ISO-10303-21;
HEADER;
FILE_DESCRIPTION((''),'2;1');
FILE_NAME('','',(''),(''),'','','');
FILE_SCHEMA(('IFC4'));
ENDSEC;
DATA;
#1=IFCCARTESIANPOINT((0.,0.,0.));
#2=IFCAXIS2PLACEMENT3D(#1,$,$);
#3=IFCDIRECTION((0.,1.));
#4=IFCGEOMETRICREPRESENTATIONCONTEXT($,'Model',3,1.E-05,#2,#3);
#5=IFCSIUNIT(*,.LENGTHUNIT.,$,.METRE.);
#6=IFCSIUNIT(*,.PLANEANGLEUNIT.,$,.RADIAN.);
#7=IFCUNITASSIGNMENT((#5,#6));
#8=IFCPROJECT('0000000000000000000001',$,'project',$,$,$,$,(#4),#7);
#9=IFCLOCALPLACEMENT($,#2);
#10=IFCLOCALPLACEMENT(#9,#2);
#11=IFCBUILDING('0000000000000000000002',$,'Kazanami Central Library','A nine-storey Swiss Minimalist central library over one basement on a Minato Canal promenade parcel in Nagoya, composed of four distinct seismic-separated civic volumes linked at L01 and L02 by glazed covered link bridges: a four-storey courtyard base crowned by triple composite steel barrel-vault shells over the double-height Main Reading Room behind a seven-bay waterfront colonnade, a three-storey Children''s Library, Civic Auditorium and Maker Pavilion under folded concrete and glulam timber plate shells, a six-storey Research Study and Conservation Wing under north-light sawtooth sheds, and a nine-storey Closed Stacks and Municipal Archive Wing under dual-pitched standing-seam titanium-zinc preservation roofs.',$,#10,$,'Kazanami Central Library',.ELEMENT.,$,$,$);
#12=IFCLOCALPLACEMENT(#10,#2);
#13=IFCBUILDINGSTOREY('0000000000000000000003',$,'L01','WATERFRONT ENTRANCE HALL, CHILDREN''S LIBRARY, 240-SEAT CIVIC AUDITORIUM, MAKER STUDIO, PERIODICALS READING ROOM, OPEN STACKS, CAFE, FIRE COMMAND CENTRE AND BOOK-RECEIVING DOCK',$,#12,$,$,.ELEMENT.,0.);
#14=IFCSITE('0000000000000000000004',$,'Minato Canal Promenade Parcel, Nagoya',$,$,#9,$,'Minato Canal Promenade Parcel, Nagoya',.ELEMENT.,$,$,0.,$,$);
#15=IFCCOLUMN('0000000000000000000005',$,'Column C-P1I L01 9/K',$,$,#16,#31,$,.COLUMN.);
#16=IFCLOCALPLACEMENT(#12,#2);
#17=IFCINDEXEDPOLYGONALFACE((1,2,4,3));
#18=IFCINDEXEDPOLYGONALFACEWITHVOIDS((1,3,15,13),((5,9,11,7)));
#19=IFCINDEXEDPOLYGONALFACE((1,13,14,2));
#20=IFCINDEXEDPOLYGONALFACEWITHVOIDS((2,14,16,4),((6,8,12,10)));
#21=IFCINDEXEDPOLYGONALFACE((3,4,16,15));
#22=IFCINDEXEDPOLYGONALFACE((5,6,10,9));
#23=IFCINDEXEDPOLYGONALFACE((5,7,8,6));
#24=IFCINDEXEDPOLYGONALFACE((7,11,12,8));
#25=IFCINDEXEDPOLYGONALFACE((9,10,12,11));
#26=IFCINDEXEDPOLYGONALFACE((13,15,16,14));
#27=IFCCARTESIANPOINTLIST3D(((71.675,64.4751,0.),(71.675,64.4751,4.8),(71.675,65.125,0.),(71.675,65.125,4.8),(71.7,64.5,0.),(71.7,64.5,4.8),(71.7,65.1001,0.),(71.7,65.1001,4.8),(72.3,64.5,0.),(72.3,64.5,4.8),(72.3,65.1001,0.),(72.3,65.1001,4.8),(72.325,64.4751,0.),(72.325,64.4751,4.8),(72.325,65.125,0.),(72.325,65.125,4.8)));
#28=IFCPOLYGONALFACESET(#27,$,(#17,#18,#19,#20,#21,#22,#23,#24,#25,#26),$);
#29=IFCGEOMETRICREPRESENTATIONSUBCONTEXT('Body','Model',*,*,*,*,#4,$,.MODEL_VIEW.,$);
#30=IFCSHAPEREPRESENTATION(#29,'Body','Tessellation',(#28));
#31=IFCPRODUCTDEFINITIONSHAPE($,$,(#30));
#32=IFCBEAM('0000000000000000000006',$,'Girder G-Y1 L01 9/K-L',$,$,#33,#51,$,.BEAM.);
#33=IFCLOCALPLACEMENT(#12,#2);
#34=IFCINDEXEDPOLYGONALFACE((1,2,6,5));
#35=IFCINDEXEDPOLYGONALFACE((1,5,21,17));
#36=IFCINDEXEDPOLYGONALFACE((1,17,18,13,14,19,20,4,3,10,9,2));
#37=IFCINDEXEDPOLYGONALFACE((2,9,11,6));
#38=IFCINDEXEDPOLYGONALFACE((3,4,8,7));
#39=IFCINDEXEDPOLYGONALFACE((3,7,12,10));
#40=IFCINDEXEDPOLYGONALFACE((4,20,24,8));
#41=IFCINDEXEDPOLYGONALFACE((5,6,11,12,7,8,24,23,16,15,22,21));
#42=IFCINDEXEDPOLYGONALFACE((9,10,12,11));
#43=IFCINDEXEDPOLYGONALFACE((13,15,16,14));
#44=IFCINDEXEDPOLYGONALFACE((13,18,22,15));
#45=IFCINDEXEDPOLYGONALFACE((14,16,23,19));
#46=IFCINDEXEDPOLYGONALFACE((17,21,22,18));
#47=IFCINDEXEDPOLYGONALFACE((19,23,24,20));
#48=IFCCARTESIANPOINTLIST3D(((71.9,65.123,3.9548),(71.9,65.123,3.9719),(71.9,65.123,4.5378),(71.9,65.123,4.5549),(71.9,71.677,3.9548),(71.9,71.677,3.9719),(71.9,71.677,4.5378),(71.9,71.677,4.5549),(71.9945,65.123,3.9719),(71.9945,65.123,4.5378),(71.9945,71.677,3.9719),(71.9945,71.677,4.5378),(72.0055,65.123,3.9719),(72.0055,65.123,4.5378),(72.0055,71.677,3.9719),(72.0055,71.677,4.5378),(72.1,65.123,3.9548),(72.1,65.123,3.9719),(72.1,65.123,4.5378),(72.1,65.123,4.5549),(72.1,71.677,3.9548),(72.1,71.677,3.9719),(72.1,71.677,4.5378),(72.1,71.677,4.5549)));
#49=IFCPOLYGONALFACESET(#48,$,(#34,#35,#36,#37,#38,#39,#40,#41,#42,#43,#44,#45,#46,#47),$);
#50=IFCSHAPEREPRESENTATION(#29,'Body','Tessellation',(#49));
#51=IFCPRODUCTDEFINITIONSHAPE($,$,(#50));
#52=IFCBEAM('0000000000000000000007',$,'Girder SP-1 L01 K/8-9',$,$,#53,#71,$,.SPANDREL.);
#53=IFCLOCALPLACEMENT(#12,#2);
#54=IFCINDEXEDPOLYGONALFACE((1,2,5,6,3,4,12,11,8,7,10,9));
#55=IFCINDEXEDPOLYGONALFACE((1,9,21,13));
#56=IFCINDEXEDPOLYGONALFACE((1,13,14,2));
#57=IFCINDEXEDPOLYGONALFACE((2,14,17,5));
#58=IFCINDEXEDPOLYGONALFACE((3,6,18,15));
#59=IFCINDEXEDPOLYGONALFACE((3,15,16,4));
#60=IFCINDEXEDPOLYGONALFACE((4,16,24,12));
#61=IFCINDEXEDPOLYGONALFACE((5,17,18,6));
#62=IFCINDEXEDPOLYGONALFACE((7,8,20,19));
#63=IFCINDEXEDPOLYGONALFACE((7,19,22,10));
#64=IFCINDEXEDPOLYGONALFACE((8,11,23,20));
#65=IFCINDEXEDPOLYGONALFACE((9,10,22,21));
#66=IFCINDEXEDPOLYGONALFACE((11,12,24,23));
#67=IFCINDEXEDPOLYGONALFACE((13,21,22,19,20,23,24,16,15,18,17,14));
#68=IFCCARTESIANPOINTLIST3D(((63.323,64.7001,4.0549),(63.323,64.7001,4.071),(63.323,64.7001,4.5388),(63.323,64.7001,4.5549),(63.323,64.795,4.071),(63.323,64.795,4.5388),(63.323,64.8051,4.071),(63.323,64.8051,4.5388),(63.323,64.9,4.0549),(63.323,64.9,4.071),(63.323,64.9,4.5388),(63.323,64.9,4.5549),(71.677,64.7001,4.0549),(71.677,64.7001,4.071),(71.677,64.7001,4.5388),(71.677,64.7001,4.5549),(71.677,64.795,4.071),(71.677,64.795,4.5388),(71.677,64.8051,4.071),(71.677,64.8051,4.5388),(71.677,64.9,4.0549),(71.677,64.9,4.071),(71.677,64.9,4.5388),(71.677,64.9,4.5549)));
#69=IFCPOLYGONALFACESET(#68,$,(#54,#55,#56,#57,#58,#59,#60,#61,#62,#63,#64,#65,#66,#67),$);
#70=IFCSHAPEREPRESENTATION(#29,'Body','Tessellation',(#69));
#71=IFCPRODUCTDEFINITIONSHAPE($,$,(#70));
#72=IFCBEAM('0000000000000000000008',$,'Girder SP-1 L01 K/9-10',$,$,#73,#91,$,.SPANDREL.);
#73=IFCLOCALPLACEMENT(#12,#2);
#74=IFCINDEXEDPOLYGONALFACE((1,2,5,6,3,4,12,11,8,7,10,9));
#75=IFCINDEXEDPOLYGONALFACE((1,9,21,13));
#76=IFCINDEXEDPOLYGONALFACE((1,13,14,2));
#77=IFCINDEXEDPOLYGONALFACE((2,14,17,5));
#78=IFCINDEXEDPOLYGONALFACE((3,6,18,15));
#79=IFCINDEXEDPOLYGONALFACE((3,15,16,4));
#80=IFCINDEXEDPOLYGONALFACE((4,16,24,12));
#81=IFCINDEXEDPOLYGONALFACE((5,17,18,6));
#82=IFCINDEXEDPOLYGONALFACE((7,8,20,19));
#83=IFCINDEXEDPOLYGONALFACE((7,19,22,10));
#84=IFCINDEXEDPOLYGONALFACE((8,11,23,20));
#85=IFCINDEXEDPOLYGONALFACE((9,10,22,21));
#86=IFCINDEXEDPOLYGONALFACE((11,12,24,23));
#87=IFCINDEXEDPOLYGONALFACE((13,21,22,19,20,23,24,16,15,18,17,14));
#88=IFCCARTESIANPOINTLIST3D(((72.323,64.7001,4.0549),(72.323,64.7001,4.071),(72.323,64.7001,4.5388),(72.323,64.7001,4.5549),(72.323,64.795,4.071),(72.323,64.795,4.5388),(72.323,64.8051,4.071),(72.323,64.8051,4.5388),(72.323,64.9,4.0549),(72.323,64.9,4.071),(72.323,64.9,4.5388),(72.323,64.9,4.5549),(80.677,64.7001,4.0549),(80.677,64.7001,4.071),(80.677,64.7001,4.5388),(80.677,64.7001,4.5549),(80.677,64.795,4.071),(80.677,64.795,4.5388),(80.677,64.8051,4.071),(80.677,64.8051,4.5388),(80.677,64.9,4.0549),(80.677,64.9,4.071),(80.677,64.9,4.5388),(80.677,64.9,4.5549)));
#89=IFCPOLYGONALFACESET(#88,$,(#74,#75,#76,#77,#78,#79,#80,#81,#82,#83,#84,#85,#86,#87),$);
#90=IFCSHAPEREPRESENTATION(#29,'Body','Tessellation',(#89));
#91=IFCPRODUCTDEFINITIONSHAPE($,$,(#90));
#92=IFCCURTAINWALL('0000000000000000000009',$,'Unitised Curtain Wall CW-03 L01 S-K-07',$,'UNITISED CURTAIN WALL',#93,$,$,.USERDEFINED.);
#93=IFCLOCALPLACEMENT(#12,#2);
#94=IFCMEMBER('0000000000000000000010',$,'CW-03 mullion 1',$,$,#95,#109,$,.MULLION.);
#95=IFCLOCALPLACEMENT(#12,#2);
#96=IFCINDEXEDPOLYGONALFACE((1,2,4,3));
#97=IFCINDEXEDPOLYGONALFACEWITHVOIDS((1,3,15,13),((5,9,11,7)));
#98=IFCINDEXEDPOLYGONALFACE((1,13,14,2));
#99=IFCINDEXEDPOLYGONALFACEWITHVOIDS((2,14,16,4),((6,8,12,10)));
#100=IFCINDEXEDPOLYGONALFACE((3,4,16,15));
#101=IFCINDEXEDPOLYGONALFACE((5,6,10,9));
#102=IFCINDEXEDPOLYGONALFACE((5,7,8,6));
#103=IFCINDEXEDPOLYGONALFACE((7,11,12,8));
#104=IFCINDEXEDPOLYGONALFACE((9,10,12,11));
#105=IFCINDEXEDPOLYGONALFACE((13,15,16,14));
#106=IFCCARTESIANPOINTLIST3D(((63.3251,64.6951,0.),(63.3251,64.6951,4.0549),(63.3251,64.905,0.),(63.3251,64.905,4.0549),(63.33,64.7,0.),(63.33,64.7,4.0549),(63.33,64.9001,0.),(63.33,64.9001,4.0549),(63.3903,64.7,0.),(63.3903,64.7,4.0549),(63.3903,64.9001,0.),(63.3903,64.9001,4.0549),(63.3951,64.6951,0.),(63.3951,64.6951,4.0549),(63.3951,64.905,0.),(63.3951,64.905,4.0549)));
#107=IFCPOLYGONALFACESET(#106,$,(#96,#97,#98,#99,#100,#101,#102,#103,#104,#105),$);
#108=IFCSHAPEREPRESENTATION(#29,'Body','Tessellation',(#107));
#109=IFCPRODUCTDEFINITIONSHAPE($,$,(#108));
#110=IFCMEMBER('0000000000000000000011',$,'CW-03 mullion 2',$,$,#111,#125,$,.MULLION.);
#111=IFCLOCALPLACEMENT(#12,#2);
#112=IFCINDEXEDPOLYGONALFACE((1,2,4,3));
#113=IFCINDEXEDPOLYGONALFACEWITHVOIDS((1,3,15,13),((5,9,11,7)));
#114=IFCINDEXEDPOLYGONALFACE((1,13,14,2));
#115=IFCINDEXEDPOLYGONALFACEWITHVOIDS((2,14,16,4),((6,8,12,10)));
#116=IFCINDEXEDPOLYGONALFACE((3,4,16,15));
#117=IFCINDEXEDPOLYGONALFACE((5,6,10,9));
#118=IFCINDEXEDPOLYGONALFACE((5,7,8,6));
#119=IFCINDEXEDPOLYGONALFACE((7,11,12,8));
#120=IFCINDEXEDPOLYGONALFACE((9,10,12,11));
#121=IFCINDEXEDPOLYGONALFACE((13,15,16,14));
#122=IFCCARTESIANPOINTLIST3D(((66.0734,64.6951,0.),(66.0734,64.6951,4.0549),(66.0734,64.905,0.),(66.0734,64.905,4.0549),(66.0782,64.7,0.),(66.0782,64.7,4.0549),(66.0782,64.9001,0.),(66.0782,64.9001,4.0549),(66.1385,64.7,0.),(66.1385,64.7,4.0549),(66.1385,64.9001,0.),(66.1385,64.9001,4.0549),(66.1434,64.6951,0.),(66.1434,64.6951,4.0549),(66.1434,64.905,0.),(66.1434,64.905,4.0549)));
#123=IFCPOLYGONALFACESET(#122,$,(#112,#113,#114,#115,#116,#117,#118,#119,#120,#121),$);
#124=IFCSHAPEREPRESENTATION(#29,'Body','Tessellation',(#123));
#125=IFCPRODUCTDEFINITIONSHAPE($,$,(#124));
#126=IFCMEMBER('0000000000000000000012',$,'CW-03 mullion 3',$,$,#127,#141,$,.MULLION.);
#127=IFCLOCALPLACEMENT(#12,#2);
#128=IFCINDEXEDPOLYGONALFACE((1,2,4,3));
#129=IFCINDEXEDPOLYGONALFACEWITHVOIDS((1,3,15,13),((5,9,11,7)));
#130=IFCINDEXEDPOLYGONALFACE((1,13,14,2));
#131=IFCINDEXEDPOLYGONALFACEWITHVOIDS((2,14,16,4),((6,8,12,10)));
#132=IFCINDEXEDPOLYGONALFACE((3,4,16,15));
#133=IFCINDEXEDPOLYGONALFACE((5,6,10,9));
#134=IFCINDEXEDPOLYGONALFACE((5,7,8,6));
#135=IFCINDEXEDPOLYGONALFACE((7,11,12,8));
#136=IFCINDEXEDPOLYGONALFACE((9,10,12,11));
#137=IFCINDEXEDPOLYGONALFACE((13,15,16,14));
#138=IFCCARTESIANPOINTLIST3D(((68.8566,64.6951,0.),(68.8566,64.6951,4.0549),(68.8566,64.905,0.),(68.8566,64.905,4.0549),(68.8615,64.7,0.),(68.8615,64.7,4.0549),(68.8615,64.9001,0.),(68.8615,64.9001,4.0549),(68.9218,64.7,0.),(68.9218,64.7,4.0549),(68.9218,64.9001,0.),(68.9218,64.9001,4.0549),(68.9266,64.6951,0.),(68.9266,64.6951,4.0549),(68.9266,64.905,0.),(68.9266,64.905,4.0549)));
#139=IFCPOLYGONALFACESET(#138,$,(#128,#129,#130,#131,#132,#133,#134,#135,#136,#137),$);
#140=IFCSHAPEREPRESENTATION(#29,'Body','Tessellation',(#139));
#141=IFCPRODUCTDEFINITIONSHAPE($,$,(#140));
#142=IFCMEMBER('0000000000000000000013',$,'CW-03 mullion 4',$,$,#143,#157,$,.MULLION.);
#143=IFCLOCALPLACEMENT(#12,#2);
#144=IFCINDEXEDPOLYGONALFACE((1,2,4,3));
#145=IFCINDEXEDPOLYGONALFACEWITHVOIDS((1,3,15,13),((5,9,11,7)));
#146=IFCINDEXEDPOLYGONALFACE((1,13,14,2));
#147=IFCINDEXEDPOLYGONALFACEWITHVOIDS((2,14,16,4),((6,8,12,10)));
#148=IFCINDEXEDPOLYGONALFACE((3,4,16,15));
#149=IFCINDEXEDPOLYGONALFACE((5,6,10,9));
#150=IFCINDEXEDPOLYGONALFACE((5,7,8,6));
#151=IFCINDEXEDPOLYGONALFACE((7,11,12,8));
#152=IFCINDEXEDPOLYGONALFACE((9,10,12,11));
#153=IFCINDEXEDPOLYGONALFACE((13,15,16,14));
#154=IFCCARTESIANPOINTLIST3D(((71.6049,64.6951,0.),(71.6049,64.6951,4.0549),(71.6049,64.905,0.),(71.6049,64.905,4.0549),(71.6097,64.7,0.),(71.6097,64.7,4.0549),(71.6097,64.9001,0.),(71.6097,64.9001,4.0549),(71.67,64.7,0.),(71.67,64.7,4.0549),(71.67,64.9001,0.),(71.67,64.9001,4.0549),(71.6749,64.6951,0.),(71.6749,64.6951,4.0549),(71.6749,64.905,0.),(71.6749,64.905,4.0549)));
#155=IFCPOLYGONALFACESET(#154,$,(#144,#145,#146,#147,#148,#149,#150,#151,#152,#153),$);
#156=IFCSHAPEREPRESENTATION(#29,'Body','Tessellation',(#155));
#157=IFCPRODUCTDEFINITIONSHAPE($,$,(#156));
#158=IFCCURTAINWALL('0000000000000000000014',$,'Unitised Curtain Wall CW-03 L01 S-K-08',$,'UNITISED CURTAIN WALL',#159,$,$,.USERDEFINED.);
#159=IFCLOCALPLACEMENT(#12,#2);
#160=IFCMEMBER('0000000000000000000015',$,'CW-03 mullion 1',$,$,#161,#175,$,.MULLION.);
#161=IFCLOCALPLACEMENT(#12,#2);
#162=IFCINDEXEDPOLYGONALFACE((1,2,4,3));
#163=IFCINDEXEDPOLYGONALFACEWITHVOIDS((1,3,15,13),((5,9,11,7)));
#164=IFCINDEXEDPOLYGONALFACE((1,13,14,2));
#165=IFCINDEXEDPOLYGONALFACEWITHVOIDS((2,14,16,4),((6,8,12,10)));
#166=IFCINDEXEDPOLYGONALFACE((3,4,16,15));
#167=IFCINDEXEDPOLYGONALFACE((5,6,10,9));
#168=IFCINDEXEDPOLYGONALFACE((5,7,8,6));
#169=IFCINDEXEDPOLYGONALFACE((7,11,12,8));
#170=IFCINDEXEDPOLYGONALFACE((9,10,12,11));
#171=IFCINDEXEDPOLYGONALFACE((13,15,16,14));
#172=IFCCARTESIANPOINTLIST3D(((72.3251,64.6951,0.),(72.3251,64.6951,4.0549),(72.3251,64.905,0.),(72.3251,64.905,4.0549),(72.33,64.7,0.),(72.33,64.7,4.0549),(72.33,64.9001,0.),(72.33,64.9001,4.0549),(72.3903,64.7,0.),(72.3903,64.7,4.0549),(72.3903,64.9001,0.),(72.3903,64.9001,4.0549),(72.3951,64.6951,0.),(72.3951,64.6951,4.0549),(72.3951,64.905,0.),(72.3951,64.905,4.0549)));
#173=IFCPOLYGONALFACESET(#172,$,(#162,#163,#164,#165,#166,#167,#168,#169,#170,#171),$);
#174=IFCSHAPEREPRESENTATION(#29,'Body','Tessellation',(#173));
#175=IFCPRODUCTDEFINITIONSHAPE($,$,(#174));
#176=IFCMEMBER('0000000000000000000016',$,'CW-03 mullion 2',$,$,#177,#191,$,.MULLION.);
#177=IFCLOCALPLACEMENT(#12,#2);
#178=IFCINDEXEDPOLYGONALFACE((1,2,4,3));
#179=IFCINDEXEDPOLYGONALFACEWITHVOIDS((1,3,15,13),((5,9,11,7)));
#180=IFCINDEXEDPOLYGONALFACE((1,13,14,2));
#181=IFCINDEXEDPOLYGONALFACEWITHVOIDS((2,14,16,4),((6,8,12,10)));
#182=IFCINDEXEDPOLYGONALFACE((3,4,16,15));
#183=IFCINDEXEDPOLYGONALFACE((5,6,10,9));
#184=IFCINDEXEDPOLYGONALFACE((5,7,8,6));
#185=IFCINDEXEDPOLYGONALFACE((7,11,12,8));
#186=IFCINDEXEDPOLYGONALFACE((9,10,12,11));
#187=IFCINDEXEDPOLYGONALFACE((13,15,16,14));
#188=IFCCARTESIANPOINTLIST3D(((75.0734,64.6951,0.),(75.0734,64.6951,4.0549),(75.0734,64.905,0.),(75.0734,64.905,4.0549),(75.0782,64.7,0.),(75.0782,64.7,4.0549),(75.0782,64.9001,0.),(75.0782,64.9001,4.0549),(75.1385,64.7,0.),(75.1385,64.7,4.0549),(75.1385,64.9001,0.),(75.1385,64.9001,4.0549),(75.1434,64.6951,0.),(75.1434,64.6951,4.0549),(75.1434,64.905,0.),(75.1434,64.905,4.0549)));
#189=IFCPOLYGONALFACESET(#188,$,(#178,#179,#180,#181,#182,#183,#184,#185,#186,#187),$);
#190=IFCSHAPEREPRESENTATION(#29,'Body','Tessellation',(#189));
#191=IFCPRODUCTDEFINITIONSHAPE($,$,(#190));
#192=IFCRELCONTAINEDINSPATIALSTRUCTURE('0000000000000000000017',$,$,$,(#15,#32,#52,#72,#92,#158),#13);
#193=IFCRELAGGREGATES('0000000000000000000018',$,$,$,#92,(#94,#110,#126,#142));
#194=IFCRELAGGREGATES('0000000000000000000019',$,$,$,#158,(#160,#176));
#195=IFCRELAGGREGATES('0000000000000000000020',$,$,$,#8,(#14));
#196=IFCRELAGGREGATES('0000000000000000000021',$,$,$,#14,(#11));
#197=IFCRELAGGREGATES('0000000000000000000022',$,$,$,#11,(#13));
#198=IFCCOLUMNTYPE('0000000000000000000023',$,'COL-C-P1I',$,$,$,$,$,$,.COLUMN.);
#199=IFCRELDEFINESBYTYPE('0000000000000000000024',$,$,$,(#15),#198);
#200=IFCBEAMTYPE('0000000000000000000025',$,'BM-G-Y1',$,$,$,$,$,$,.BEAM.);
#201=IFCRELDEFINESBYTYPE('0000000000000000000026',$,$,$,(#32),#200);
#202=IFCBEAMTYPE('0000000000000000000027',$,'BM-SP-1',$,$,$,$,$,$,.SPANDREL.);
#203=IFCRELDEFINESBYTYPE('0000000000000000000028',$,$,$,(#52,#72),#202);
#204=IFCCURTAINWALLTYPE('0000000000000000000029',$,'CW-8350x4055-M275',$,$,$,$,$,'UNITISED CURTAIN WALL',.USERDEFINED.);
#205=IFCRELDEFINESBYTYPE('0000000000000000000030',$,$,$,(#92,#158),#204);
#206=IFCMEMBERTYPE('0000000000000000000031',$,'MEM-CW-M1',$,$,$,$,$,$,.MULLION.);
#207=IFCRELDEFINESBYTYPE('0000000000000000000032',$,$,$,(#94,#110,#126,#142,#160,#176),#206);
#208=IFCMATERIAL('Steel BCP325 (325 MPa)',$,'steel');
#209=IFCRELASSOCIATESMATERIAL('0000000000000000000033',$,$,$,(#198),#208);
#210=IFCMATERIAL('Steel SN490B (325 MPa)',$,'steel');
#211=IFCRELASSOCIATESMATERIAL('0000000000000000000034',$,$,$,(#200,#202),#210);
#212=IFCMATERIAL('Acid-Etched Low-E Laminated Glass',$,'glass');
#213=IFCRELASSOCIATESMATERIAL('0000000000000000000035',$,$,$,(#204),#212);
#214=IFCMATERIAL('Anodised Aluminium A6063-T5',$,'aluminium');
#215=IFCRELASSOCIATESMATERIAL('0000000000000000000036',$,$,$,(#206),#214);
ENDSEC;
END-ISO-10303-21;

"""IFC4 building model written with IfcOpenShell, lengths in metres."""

from ifc_helpers import new_model, si_unit, direction, frame, origin, origin_2d, place, context, subcontext, project, spatial, hollow_rectangle, i_section, extrude, material, material_profile, profile_set, type_object, element, aggregate, save


model = new_model("IFC4")

# Units and contexts
model_context = context("Model", 3, precision=1e-05, world=origin(), true_north=direction((0.0, 1.0)))
body_context = subcontext(model_context, "Body", "Model", "MODEL_VIEW")
ifc_project = project(units=[si_unit("LENGTHUNIT", "METRE"), si_unit("PLANEANGLEUNIT", "RADIAN")], contexts=[model_context])

# Site, building, storey
site_placement = place(None, origin())
site = spatial("IfcSite", under=ifc_project, at=site_placement, Name="Minato Canal Promenade Parcel, Nagoya", LongName="Minato Canal Promenade Parcel, Nagoya", CompositionType="ELEMENT", RefElevation=0.0)
building_placement = place(site_placement, origin())
building = spatial("IfcBuilding", under=site, at=building_placement, Name="Kazanami Central Library", Description="A nine-storey Swiss Minimalist central library over one basement on a Minato Canal promenade parcel in Nagoya, composed of four distinct seismic-separated civic volumes linked at L01 and L02 by glazed covered link bridges: a four-storey courtyard base crowned by triple composite steel barrel-vault shells over the double-height Main Reading Room behind a seven-bay waterfront colonnade, a three-storey Children's Library, Civic Auditorium and Maker Pavilion under folded concrete and glulam timber plate shells, a six-storey Research Study and Conservation Wing under north-light sawtooth sheds, and a nine-storey Closed Stacks and Municipal Archive Wing under dual-pitched standing-seam titanium-zinc preservation roofs.", LongName="Kazanami Central Library", CompositionType="ELEMENT")
storey_placement = place(building_placement, origin())
storey = spatial("IfcBuildingStorey", under=building, at=storey_placement, Name="L01", Description="WATERFRONT ENTRANCE HALL, CHILDREN'S LIBRARY, 240-SEAT CIVIC AUDITORIUM, MAKER STUDIO, PERIODICALS READING ROOM, OPEN STACKS, CAFE, FIRE COMMAND CENTRE AND BOOK-RECEIVING DOCK", CompositionType="ELEMENT", Elevation=0.0)

# Column
ifc_material_1 = material(Name="Steel BCP325 (325 MPa)", Category="steel")
ifc_material_profile_1 = material_profile(ifc_material_1, hollow_rectangle(XDim=0.6499, YDim=0.6499, WallThickness=0.0249, at=origin_2d()), Name="BCP-650x650x25")
ifc_profile_set_1 = profile_set([ifc_material_profile_1], Name="Steel BCP325 (325 MPa)")
column_type = type_object("IfcColumnType", Name="COL-C-P1I", PredefinedType="COLUMN", material=ifc_profile_set_1)
column_placement = place(storey_placement, frame((72.0, 64.8, 0.0), z_axis=(0.0, 0.0, 1.0), x_axis=(1.0, 0.0, 0.0)))
element("IfcColumn", 1, at=column_placement, inside=storey, type_object=column_type, Name="Column C-P1I L01 9/K", PredefinedType="COLUMN", context=body_context, shape_type="SweptSolid", body=[
    extrude(hollow_rectangle(XDim=0.6499, YDim=0.6499, WallThickness=0.0249, at=origin_2d()), origin(), (0.0, 0.0, 1.0), 4.8),
])

# Beams
ifc_material_2 = material(Name="Steel SN490B (325 MPa)", Category="steel")
ifc_material_profile_2 = material_profile(ifc_material_2, i_section(OverallWidth=0.2, OverallDepth=0.6001, WebThickness=0.011, FlangeThickness=0.0171, at=origin_2d()), Name="H-600x200x11x17")
ifc_profile_set_2 = profile_set([ifc_material_profile_2], Name="Steel SN490B (325 MPa)")
beam_type_1 = type_object("IfcBeamType", Name="BM-G-Y1", PredefinedType="BEAM", material=ifc_profile_set_2)
beam_placement = place(storey_placement, frame((72.0, 65.123, 4.2549), z_axis=(0.0, 1.0, 0.0), x_axis=(-1.0, 0.0, 0.0)))
element("IfcBeam", 2, at=beam_placement, inside=storey, type_object=beam_type_1, Name="Girder G-Y1 L01 9/K-L", PredefinedType="BEAM", context=body_context, shape_type="SweptSolid", body=[
    extrude(i_section(OverallWidth=0.2, OverallDepth=0.6001, WebThickness=0.011, FlangeThickness=0.0171, at=origin_2d()), origin(), (0.0, 0.0, 1.0), 6.554),
])
ifc_material_profile_3 = material_profile(ifc_material_2, i_section(OverallWidth=0.2, OverallDepth=0.5, WebThickness=0.01, FlangeThickness=0.0161, at=origin_2d()), Name="H-500x200x10x16")
ifc_profile_set_3 = profile_set([ifc_material_profile_3], Name="Steel SN490B (325 MPa)")
beam_type_2 = type_object("IfcBeamType", Name="BM-SP-1", PredefinedType="SPANDREL", material=ifc_profile_set_3)
for number, where, z_axis, x_axis, name in (
    (3, (63.323, 64.8, 4.3049), (1.0, 0.0, 0.0), (0.0, 1.0, 0.0), "Girder SP-1 L01 K/8-9"),
    (4, (72.323, 64.8, 4.3049), (1.0, 0.0, 0.0), (0.0, 1.0, 0.0), "Girder SP-1 L01 K/9-10"),
):
    element("IfcBeam", number, at=place(storey_placement, frame(where, z_axis=z_axis, x_axis=x_axis)), inside=storey, type_object=beam_type_2, Name=name, PredefinedType="SPANDREL", context=body_context, shape_type="SweptSolid", body=[
        extrude(i_section(OverallWidth=0.2, OverallDepth=0.5, WebThickness=0.01, FlangeThickness=0.0161, at=origin_2d()), origin(), (0.0, 0.0, 1.0), 8.354),
    ])

# Curtain walls, members
ifc_material_3 = material(Name="Acid-Etched Low-E Laminated Glass", Category="glass")
curtain_wall_type = type_object("IfcCurtainWallType", Name="CW-8350x4055-M275", ElementType="UNITISED CURTAIN WALL", PredefinedType="USERDEFINED", material=ifc_material_3)
curtain_wall_1_placement = place(storey_placement, origin())
curtain_wall_1 = element("IfcCurtainWall", 5, at=curtain_wall_1_placement, inside=storey, type_object=curtain_wall_type, Name="Unitised Curtain Wall CW-03 L01 S-K-07", ObjectType="UNITISED CURTAIN WALL", PredefinedType="USERDEFINED")
ifc_material_4 = material(Name="Anodised Aluminium A6063-T5", Category="aluminium")
ifc_material_profile_4 = material_profile(ifc_material_4, hollow_rectangle(XDim=0.0701, YDim=0.21, WallThickness=0.0049, at=origin_2d()), Name="ALU-MULL-70x210x5")
ifc_profile_set_4 = profile_set([ifc_material_profile_4], Name="Anodised Aluminium A6063-T5")
member_type_1 = type_object("IfcMemberType", Name="MEM-CW-M1", PredefinedType="MULLION", material=ifc_profile_set_4)
member_1_placement = place(storey_placement, frame((63.3601, 64.8, 0.0), z_axis=(0.0, 0.0, 1.0), x_axis=(1.0, 0.0, 0.0)))
member_1 = element("IfcMember", 6, at=member_1_placement, type_object=member_type_1, Name="CW-03 mullion 1", PredefinedType="MULLION", context=body_context, shape_type="SweptSolid", body=[
    extrude(hollow_rectangle(XDim=0.0701, YDim=0.21, WallThickness=0.0049, at=origin_2d()), origin(), (0.0, 0.0, 1.0), 4.0549),
])
member_2_placement = place(storey_placement, frame((66.1084, 64.8, 0.0), z_axis=(0.0, 0.0, 1.0), x_axis=(1.0, 0.0, 0.0)))
member_2 = element("IfcMember", 7, at=member_2_placement, type_object=member_type_1, Name="CW-03 mullion 2", PredefinedType="MULLION", context=body_context, shape_type="SweptSolid", body=[
    extrude(hollow_rectangle(XDim=0.0701, YDim=0.21, WallThickness=0.0049, at=origin_2d()), origin(), (0.0, 0.0, 1.0), 4.0549),
])
member_3_placement = place(storey_placement, frame((68.8916, 64.8, 0.0), z_axis=(0.0, 0.0, 1.0), x_axis=(1.0, 0.0, 0.0)))
member_3 = element("IfcMember", 8, at=member_3_placement, type_object=member_type_1, Name="CW-03 mullion 3", PredefinedType="MULLION", context=body_context, shape_type="SweptSolid", body=[
    extrude(hollow_rectangle(XDim=0.0701, YDim=0.21, WallThickness=0.0049, at=origin_2d()), origin(), (0.0, 0.0, 1.0), 4.0549),
])
member_4_placement = place(storey_placement, frame((71.6399, 64.8, 0.0), z_axis=(0.0, 0.0, 1.0), x_axis=(1.0, 0.0, 0.0)))
member_4 = element("IfcMember", 9, at=member_4_placement, type_object=member_type_1, Name="CW-03 mullion 4", PredefinedType="MULLION", context=body_context, shape_type="SweptSolid", body=[
    extrude(hollow_rectangle(XDim=0.0701, YDim=0.21, WallThickness=0.0049, at=origin_2d()), origin(), (0.0, 0.0, 1.0), 4.0549),
])
curtain_wall_2_placement = place(storey_placement, origin())
curtain_wall_2 = element("IfcCurtainWall", 10, at=curtain_wall_2_placement, inside=storey, type_object=curtain_wall_type, Name="Unitised Curtain Wall CW-03 L01 S-K-08", ObjectType="UNITISED CURTAIN WALL", PredefinedType="USERDEFINED")
member_5_placement = place(storey_placement, frame((72.3601, 64.8, 0.0), z_axis=(0.0, 0.0, 1.0), x_axis=(1.0, 0.0, 0.0)))
member_5 = element("IfcMember", 11, at=member_5_placement, type_object=member_type_1, Name="CW-03 mullion 1", PredefinedType="MULLION", context=body_context, shape_type="SweptSolid", body=[
    extrude(hollow_rectangle(XDim=0.0701, YDim=0.21, WallThickness=0.0049, at=origin_2d()), origin(), (0.0, 0.0, 1.0), 4.0549),
])
member_6_placement = place(storey_placement, frame((75.1084, 64.8, 0.0), z_axis=(0.0, 0.0, 1.0), x_axis=(1.0, 0.0, 0.0)))
member_6 = element("IfcMember", 12, at=member_6_placement, type_object=member_type_1, Name="CW-03 mullion 2", PredefinedType="MULLION", context=body_context, shape_type="SweptSolid", body=[
    extrude(hollow_rectangle(XDim=0.0701, YDim=0.21, WallThickness=0.0049, at=origin_2d()), origin(), (0.0, 0.0, 1.0), 4.0549),
])

aggregate(curtain_wall_1, [member_1, member_2, member_3, member_4])
aggregate(curtain_wall_2, [member_5, member_6])

save(model, "model.ifc")
